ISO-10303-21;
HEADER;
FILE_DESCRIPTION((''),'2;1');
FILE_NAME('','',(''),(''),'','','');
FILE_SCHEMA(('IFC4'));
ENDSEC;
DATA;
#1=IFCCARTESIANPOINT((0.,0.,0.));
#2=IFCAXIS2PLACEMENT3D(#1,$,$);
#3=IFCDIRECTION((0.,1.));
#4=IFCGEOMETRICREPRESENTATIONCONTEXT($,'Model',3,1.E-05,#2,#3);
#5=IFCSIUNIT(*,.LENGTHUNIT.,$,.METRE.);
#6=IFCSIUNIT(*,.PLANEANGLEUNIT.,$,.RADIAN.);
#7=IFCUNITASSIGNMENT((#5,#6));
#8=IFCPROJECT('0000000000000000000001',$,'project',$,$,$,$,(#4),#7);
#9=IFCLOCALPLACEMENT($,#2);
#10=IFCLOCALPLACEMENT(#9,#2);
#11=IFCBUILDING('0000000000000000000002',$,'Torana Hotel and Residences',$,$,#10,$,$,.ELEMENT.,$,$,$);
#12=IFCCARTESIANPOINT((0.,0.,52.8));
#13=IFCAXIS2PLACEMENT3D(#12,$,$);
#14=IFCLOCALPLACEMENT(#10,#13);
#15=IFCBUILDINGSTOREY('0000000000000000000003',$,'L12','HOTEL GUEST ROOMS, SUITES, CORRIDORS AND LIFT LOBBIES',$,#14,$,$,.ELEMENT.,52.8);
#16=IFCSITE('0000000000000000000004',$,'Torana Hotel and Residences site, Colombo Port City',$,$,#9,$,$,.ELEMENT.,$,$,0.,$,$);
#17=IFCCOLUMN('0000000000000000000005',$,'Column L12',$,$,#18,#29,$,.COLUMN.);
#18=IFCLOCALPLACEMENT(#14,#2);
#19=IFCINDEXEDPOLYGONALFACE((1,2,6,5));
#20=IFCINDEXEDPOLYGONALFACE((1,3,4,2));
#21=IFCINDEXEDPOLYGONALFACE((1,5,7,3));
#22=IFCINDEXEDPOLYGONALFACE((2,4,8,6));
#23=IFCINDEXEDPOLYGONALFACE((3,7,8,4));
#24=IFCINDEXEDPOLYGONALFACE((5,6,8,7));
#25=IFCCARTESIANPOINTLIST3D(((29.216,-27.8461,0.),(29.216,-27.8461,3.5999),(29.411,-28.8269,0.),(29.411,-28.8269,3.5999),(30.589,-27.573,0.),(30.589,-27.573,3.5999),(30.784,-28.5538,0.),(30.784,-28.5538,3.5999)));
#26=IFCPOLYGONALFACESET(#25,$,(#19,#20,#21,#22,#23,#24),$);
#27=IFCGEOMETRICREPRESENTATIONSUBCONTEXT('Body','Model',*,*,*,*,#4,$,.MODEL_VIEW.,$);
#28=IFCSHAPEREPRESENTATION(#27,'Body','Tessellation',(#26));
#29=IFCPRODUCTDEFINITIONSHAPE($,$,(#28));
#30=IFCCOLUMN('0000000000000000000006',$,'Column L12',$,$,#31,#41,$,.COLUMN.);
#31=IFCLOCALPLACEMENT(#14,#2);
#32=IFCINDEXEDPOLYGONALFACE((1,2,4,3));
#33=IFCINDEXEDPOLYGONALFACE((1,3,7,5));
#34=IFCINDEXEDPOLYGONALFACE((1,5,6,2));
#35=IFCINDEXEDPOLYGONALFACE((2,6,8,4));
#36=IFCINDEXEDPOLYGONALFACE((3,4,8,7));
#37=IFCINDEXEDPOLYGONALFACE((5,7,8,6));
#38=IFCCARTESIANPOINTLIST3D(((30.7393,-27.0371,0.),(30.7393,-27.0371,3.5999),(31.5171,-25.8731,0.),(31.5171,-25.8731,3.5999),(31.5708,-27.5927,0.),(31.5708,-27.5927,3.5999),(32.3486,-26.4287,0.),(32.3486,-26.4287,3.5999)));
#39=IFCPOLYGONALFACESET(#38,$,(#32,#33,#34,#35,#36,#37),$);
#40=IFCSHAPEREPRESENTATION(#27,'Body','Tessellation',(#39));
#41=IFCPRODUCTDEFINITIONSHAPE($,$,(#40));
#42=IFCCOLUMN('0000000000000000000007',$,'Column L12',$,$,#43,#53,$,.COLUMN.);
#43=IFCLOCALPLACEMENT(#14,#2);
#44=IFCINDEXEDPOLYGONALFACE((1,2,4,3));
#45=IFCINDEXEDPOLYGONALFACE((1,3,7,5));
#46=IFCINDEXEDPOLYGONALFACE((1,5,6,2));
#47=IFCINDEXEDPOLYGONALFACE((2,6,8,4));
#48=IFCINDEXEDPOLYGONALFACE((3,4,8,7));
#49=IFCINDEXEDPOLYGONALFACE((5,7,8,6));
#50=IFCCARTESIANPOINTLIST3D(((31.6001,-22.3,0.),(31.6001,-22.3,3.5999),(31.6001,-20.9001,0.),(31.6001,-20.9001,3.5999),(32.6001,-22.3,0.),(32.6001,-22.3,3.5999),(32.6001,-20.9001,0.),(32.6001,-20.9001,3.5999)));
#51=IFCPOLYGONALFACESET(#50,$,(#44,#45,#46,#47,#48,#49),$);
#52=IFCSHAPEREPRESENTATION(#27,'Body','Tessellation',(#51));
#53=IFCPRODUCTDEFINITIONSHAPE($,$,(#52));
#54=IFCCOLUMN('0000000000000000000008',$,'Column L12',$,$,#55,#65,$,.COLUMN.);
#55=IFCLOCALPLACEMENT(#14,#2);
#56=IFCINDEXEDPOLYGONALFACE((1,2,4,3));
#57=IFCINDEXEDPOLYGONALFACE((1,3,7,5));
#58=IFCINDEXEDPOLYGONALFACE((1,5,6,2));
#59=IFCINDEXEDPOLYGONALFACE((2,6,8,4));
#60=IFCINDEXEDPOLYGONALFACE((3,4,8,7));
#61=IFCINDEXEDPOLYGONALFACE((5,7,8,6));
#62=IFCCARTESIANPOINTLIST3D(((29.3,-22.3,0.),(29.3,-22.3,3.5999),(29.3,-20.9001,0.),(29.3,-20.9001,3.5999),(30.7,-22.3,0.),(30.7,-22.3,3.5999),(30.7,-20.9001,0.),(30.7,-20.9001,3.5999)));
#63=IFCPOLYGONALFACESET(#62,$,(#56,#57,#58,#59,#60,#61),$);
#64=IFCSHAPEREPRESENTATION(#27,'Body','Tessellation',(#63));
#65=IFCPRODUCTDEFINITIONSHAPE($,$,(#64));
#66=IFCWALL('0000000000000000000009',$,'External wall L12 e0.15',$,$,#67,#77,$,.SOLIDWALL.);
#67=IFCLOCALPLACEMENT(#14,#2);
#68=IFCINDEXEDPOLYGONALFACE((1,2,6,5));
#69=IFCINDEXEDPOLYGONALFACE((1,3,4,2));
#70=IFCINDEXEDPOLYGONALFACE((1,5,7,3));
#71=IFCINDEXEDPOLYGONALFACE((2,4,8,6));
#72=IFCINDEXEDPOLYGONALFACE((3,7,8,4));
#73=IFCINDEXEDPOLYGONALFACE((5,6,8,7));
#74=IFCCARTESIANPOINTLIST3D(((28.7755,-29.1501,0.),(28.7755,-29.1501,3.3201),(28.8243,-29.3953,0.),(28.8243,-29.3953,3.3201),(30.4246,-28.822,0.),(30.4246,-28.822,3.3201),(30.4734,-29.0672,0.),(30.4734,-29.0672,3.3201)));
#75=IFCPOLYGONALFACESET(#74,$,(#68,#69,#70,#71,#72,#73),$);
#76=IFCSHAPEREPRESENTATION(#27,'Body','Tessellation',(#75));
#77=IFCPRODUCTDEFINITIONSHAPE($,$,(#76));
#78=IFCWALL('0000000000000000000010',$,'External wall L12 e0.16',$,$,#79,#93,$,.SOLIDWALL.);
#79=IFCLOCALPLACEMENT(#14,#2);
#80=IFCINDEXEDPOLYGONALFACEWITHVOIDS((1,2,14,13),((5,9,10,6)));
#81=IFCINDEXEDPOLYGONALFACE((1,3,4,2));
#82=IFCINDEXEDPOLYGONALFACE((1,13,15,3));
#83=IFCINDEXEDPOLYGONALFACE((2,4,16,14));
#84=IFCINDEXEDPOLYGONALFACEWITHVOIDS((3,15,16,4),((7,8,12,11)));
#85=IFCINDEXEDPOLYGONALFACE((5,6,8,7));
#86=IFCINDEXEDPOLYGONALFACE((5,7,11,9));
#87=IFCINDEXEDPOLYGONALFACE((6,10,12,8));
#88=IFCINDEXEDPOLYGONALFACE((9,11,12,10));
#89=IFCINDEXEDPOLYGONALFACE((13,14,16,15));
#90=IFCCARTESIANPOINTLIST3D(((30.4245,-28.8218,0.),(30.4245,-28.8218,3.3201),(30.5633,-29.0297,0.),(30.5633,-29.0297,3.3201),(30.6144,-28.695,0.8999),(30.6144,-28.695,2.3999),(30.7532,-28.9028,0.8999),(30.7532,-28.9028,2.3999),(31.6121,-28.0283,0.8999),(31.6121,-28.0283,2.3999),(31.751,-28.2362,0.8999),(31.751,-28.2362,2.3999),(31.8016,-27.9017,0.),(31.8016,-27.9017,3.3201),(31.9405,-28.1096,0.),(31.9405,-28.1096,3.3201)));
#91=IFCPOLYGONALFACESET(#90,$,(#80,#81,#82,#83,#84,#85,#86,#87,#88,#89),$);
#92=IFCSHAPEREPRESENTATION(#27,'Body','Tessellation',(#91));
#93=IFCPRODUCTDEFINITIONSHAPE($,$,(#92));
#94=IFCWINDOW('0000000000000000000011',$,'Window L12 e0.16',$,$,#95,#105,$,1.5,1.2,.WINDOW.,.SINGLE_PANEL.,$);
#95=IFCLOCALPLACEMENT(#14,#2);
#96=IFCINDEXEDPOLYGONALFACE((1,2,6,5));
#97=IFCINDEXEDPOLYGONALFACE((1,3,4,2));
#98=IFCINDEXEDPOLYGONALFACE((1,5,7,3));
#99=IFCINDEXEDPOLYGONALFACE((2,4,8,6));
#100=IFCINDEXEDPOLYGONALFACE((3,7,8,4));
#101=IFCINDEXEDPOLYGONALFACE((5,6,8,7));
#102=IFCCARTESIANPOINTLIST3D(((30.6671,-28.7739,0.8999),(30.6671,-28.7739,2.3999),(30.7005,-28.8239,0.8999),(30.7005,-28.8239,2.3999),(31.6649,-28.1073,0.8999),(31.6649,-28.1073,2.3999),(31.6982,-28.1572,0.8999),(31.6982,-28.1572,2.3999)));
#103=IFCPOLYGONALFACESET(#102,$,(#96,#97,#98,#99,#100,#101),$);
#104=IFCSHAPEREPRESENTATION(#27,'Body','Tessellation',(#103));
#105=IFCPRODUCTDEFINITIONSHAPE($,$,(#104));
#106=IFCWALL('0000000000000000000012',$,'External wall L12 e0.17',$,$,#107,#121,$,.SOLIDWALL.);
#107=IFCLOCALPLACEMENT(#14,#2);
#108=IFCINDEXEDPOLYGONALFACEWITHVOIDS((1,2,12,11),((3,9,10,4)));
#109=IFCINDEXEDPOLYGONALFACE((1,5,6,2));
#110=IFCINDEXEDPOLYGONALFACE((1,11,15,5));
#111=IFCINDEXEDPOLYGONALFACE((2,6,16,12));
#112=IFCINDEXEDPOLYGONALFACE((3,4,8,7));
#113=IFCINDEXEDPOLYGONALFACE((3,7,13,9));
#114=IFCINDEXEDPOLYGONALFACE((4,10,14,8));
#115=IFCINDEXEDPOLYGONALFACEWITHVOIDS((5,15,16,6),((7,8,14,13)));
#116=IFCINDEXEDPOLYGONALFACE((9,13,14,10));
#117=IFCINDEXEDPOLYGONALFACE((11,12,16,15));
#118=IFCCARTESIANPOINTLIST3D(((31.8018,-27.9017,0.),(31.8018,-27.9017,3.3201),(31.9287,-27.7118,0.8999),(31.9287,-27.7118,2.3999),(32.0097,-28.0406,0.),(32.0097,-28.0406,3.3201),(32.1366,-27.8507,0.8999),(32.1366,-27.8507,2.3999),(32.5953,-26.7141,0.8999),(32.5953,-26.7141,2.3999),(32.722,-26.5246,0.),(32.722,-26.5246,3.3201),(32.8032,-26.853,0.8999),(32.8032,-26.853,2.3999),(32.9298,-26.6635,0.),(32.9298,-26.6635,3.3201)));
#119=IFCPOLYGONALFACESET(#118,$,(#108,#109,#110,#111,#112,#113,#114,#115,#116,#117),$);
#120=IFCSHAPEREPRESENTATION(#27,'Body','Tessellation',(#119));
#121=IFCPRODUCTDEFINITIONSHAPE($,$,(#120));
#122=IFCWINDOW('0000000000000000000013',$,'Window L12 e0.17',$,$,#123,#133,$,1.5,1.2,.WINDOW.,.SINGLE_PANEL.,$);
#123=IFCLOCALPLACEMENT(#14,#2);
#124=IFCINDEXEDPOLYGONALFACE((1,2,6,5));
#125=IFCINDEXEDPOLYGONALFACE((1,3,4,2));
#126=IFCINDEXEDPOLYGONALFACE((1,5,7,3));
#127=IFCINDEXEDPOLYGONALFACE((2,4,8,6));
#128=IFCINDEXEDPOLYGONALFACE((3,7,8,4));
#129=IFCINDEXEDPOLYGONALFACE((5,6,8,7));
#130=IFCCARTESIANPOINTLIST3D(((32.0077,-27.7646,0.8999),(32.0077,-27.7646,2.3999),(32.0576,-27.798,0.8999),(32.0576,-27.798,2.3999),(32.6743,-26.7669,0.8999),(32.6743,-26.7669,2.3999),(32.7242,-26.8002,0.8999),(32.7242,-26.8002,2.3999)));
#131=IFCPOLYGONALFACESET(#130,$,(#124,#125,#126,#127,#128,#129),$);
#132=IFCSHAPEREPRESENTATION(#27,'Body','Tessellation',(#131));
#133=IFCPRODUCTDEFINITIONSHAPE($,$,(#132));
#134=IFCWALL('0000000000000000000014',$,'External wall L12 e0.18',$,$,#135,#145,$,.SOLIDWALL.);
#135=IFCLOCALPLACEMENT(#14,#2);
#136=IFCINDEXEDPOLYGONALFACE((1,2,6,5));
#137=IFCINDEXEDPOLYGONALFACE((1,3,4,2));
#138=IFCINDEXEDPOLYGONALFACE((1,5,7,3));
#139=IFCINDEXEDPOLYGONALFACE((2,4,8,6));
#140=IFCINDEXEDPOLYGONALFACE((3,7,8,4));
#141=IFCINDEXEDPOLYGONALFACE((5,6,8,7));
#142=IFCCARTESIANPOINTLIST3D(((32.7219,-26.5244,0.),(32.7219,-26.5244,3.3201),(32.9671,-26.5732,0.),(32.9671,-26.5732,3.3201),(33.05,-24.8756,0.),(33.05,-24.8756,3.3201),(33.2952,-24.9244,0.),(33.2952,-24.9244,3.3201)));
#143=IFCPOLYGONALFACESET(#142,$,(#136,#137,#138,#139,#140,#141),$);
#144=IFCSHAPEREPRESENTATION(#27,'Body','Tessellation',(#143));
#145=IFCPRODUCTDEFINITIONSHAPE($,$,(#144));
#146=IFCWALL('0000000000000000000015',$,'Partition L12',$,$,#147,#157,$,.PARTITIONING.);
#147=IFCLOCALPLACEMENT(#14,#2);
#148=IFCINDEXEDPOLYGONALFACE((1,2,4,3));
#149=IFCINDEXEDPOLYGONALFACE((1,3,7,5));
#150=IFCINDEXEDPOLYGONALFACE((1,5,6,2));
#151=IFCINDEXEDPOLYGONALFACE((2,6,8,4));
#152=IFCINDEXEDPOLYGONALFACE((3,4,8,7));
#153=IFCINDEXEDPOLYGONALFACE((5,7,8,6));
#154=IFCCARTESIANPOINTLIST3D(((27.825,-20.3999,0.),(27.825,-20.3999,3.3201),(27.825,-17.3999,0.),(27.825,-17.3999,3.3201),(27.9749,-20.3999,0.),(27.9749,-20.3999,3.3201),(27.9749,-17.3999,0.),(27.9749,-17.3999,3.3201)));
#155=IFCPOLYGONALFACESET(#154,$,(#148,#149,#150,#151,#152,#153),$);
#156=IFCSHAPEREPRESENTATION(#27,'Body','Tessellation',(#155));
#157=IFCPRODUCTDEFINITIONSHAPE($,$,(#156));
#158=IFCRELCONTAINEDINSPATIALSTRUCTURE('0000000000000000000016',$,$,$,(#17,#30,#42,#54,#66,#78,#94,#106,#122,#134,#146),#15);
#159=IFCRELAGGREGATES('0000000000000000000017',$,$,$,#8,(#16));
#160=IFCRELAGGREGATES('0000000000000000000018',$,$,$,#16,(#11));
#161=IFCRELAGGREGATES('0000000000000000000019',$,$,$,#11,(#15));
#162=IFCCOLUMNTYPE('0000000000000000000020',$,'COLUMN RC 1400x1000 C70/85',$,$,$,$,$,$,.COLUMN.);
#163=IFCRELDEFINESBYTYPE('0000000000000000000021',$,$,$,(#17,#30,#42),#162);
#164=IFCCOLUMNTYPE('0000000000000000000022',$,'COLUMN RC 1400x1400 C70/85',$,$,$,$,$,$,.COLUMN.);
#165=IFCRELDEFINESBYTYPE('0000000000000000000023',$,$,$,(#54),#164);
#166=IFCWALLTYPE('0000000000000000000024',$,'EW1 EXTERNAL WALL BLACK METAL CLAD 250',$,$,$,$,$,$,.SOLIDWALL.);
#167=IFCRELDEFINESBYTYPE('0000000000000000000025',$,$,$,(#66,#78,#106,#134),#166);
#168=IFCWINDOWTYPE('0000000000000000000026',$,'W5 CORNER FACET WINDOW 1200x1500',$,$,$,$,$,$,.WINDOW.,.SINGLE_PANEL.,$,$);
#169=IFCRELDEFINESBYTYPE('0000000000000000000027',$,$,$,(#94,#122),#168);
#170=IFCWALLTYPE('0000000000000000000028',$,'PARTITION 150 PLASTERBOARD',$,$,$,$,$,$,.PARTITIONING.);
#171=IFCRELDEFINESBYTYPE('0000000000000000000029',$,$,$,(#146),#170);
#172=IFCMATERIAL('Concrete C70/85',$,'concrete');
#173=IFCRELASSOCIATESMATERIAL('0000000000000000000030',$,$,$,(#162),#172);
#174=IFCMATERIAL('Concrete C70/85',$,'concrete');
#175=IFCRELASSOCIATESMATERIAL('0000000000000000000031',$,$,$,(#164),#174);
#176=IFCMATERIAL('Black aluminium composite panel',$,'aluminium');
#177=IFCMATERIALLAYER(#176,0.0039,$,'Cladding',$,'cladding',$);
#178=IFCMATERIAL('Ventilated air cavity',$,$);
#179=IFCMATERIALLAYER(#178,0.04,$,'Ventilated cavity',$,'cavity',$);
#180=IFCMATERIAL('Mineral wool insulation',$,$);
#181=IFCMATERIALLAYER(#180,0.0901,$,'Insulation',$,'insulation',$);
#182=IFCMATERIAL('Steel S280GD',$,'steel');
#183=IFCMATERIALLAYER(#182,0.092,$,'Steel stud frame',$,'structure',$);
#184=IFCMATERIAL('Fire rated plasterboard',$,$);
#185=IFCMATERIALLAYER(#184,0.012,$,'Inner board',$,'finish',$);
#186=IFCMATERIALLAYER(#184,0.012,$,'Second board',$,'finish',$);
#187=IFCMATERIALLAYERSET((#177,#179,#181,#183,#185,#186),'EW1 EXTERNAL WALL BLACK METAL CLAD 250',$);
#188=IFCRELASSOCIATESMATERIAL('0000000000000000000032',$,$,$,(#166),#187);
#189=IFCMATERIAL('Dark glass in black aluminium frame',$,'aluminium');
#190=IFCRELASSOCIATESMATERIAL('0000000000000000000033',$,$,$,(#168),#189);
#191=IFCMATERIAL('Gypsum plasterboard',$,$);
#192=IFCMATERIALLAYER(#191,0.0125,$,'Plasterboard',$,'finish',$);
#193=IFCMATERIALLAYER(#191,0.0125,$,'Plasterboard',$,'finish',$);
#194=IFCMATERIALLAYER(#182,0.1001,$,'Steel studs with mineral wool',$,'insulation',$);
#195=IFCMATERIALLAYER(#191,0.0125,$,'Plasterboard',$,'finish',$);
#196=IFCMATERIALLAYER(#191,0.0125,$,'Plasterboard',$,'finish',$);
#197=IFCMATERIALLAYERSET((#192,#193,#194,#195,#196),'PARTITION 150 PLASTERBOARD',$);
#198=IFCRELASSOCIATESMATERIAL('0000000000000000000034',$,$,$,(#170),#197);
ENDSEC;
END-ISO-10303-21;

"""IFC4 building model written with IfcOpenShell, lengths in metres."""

from ifc_helpers import new_model, si_unit, direction, frame, frame_2d, origin, origin_2d, place, context, subcontext, project, spatial, rectangle, extrude, material, layer, layer_set, material_profile, profile_set, type_object, element, fill, save


model = new_model("IFC4")

# Units and contexts
model_context = context("Model", 3, precision=1e-05, world=origin(), true_north=direction((0.0, 1.0)))
body_context = subcontext(model_context, "Body", "Model", "MODEL_VIEW")
ifc_project = project(units=[si_unit("LENGTHUNIT", "METRE"), si_unit("PLANEANGLEUNIT", "RADIAN")], contexts=[model_context])

# Site, building, storey
site_placement = place(None, origin())
site = spatial("IfcSite", under=ifc_project, at=site_placement, Name="Torana Hotel and Residences site, Colombo Port City", CompositionType="ELEMENT", RefElevation=0.0)
building_placement = place(site_placement, origin())
building = spatial("IfcBuilding", under=site, at=building_placement, Name="Torana Hotel and Residences", CompositionType="ELEMENT")
storey_placement = place(building_placement, frame((0.0, 0.0, 52.8)))
storey = spatial("IfcBuildingStorey", under=building, at=storey_placement, Name="L12", Description="HOTEL GUEST ROOMS, SUITES, CORRIDORS AND LIFT LOBBIES", CompositionType="ELEMENT", Elevation=52.8)

# Columns
ifc_material_1 = material(Name="Concrete C70/85", Category="concrete")
ifc_material_profile_1 = material_profile(ifc_material_1, rectangle(XDim=1.3999, YDim=1.0, at=origin_2d()), Name="RC 1400x1000")
ifc_profile_set_1 = profile_set([ifc_material_profile_1], Name="Concrete C70/85")
column_type_1 = type_object("IfcColumnType", Name="COLUMN RC 1400x1000 C70/85", PredefinedType="COLUMN", material=ifc_profile_set_1)
for number, where, z_axis, x_axis, name in (
    (1, (30.0, -28.2, 0.0), (0.0, 0.0, 1.0), (0.980792, 0.195056, 0.0), "Column L12"),
    (2, (31.5439, -26.7329, 0.0), (0.0, 0.0, 1.0), (0.555585, 0.83146, 0.0), "Column L12"),
    (3, (32.1001, -21.6001, 0.0), (0.0, 0.0, 1.0), (0.0, 1.0, 0.0), "Column L12"),
):
    element("IfcColumn", number, at=place(storey_placement, frame(where, z_axis=z_axis, x_axis=x_axis)), inside=storey, type_object=column_type_1, Name=name, PredefinedType="COLUMN", context=body_context, shape_type="SweptSolid", body=[
        extrude(rectangle(XDim=1.3999, YDim=1.0, at=origin_2d()), origin(), (0.0, 0.0, 1.0), 3.5999),
    ])
ifc_material_2 = material(Name="Concrete C70/85", Category="concrete")
ifc_material_profile_2 = material_profile(ifc_material_2, rectangle(XDim=1.3999, YDim=1.3999, at=origin_2d()), Name="RC 1400x1400")
ifc_profile_set_2 = profile_set([ifc_material_profile_2], Name="Concrete C70/85")
column_type_2 = type_object("IfcColumnType", Name="COLUMN RC 1400x1400 C70/85", PredefinedType="COLUMN", material=ifc_profile_set_2)
column_placement = place(storey_placement, frame((30.0, -21.6001, 0.0), z_axis=(0.0, 0.0, 1.0), x_axis=(1.0, 0.0, 0.0)))
element("IfcColumn", 4, at=column_placement, inside=storey, type_object=column_type_2, Name="Column L12", PredefinedType="COLUMN", context=body_context, shape_type="SweptSolid", body=[
    extrude(rectangle(XDim=1.3999, YDim=1.3999, at=origin_2d()), origin(), (0.0, 0.0, 1.0), 3.5999),
])

# Wall
ifc_material_3 = material(Name="Black aluminium composite panel", Category="aluminium")
ifc_layer_1 = layer(ifc_material_3, 0.0039, Name="Cladding", Category="cladding")
ifc_material_4 = material(Name="Ventilated air cavity")
ifc_layer_2 = layer(ifc_material_4, 0.04, Name="Ventilated cavity", Category="cavity")
ifc_material_5 = material(Name="Mineral wool insulation")
ifc_layer_3 = layer(ifc_material_5, 0.0901, Name="Insulation", Category="insulation")
ifc_material_6 = material(Name="Steel S280GD", Category="steel")
ifc_layer_4 = layer(ifc_material_6, 0.092, Name="Steel stud frame", Category="structure")
ifc_material_7 = material(Name="Fire rated plasterboard")
ifc_layer_5 = layer(ifc_material_7, 0.012, Name="Inner board", Category="finish")
ifc_layer_6 = layer(ifc_material_7, 0.012, Name="Second board", Category="finish")
ifc_layer_set_1 = layer_set([ifc_layer_1, ifc_layer_2, ifc_layer_3, ifc_layer_4, ifc_layer_5, ifc_layer_6], Name="EW1 EXTERNAL WALL BLACK METAL CLAD 250")
wall_type_1 = type_object("IfcWallType", Name="EW1 EXTERNAL WALL BLACK METAL CLAD 250", PredefinedType="SOLIDWALL", material=ifc_layer_set_1)
wall_1_placement = place(storey_placement, frame((28.7998, -29.2727, 0.0), z_axis=(0.0, 0.0, 1.0), x_axis=(0.980776, 0.195139, 0.0)))
element("IfcWall", 5, at=wall_1_placement, inside=storey, type_object=wall_type_1, Name="External wall L12 e0.15", PredefinedType="SOLIDWALL", context=body_context, shape_type="SweptSolid", body=[
    extrude(rectangle(XDim=1.6814, YDim=0.25, at=frame_2d((0.8408, 0.0))), origin(), (0.0, 0.0, 1.0), 3.3201),
])

# Walls, openings, windows
wall_2_placement = place(storey_placement, frame((30.4939, -28.9258, 0.0), z_axis=(0.0, 0.0, 1.0), x_axis=(0.831483, 0.55555, 0.0)))
wall_2 = element("IfcWall", 6, at=wall_2_placement, inside=storey, type_object=wall_type_1, Name="External wall L12 e0.16", PredefinedType="SOLIDWALL", context=body_context, shape_type="SweptSolid", body=[
    extrude(rectangle(XDim=1.6562, YDim=0.25, at=frame_2d((0.8281, 0.0))), origin(), (0.0, 0.0, 1.0), 3.3201),
])
opening_1_placement = place(wall_2_placement, frame((0.2283, 0.0, 0.8999)))
opening_1 = element("IfcOpeningElement", 7, at=opening_1_placement, cuts=wall_2, PredefinedType="OPENING", context=body_context, shape_type="SweptSolid", body=[
    extrude(rectangle(XDim=1.2, YDim=1.5, at=frame_2d((0.6001, 0.75))), frame((0.0, 0.135, 0.0), z_axis=(0.0, -1.0, 0.0), x_axis=(1.0, 0.0, 0.0)), (0.0, 0.0, 1.0), 0.27),
])
ifc_material_8 = material(Name="Dark glass in black aluminium frame", Category="aluminium")
window_type_1 = type_object("IfcWindowType", Name="W5 CORNER FACET WINDOW 1200x1500", PartitioningType="SINGLE_PANEL", PredefinedType="WINDOW", material=ifc_material_8)
window_1_placement = place(opening_1_placement, origin())
window_1 = element("IfcWindow", 8, at=window_1_placement, inside=storey, type_object=window_type_1, Name="Window L12 e0.16", OverallHeight=1.5, OverallWidth=1.2, PartitioningType="SINGLE_PANEL", PredefinedType="WINDOW", context=body_context, shape_type="SweptSolid", body=[
    extrude(rectangle(XDim=1.2, YDim=1.5, at=frame_2d((0.6001, 0.75))), frame((0.0, 0.03, 0.0), z_axis=(0.0, -1.0, 0.0), x_axis=(1.0, 0.0, 0.0)), (0.0, 0.0, 1.0), 0.0601),
])
fill(opening_1, window_1)
wall_3_placement = place(storey_placement, frame((31.9058, -27.9712, 0.0), z_axis=(0.0, 0.0, 1.0), x_axis=(0.55555, 0.831483, 0.0)))
wall_3 = element("IfcWall", 9, at=wall_3_placement, inside=storey, type_object=wall_type_1, Name="External wall L12 e0.17", PredefinedType="SOLIDWALL", context=body_context, shape_type="SweptSolid", body=[
    extrude(rectangle(XDim=1.6562, YDim=0.25, at=frame_2d((0.8281, 0.0))), origin(), (0.0, 0.0, 1.0), 3.3201),
])
opening_2_placement = place(wall_3_placement, frame((0.2283, 0.0, 0.8999)))
opening_2 = element("IfcOpeningElement", 10, at=opening_2_placement, cuts=wall_3, PredefinedType="OPENING", context=body_context, shape_type="SweptSolid", body=[
    extrude(rectangle(XDim=1.2, YDim=1.5, at=frame_2d((0.6001, 0.75))), frame((0.0, 0.135, 0.0), z_axis=(0.0, -1.0, 0.0), x_axis=(1.0, 0.0, 0.0)), (0.0, 0.0, 1.0), 0.27),
])
window_2_placement = place(opening_2_placement, origin())
window_2 = element("IfcWindow", 11, at=window_2_placement, inside=storey, type_object=window_type_1, Name="Window L12 e0.17", OverallHeight=1.5, OverallWidth=1.2, PartitioningType="SINGLE_PANEL", PredefinedType="WINDOW", context=body_context, shape_type="SweptSolid", body=[
    extrude(rectangle(XDim=1.2, YDim=1.5, at=frame_2d((0.6001, 0.75))), frame((0.0, 0.03, 0.0), z_axis=(0.0, -1.0, 0.0), x_axis=(1.0, 0.0, 0.0)), (0.0, 0.0, 1.0), 0.0601),
])
fill(opening_2, window_2)

# Wall
wall_4_placement = place(storey_placement, frame((32.8445, -26.5488, 0.0), z_axis=(0.0, 0.0, 1.0), x_axis=(0.195167, 0.98077, 0.0)))
element("IfcWall", 12, at=wall_4_placement, inside=storey, type_object=wall_type_1, Name="External wall L12 e0.18", PredefinedType="SOLIDWALL", context=body_context, shape_type="SweptSolid", body=[
    extrude(rectangle(XDim=1.6812, YDim=0.25, at=frame_2d((0.8406, 0.0))), origin(), (0.0, 0.0, 1.0), 3.3201),
])

# Wall
ifc_material_9 = material(Name="Gypsum plasterboard")
ifc_layer_7 = layer(ifc_material_9, 0.0125, Name="Plasterboard", Category="finish")
ifc_layer_8 = layer(ifc_material_9, 0.0125, Name="Plasterboard", Category="finish")
ifc_layer_9 = layer(ifc_material_6, 0.1001, Name="Steel studs with mineral wool", Category="insulation")
ifc_layer_10 = layer(ifc_material_9, 0.0125, Name="Plasterboard", Category="finish")
ifc_layer_11 = layer(ifc_material_9, 0.0125, Name="Plasterboard", Category="finish")
ifc_layer_set_2 = layer_set([ifc_layer_7, ifc_layer_8, ifc_layer_9, ifc_layer_10, ifc_layer_11], Name="PARTITION 150 PLASTERBOARD")
wall_type_2 = type_object("IfcWallType", Name="PARTITION 150 PLASTERBOARD", PredefinedType="PARTITIONING", material=ifc_layer_set_2)
wall_5_placement = place(storey_placement, frame((27.8999, -20.3999, 0.0), z_axis=(0.0, 0.0, 1.0), x_axis=(0.0, 1.0, 0.0)))
element("IfcWall", 13, at=wall_5_placement, inside=storey, type_object=wall_type_2, Name="Partition L12", PredefinedType="PARTITIONING", context=body_context, shape_type="SweptSolid", body=[
    extrude(rectangle(XDim=3.0, YDim=0.1499, at=frame_2d((1.5, 0.0))), origin(), (0.0, 0.0, 1.0), 3.3201),
])

save(model, "model.ifc")
